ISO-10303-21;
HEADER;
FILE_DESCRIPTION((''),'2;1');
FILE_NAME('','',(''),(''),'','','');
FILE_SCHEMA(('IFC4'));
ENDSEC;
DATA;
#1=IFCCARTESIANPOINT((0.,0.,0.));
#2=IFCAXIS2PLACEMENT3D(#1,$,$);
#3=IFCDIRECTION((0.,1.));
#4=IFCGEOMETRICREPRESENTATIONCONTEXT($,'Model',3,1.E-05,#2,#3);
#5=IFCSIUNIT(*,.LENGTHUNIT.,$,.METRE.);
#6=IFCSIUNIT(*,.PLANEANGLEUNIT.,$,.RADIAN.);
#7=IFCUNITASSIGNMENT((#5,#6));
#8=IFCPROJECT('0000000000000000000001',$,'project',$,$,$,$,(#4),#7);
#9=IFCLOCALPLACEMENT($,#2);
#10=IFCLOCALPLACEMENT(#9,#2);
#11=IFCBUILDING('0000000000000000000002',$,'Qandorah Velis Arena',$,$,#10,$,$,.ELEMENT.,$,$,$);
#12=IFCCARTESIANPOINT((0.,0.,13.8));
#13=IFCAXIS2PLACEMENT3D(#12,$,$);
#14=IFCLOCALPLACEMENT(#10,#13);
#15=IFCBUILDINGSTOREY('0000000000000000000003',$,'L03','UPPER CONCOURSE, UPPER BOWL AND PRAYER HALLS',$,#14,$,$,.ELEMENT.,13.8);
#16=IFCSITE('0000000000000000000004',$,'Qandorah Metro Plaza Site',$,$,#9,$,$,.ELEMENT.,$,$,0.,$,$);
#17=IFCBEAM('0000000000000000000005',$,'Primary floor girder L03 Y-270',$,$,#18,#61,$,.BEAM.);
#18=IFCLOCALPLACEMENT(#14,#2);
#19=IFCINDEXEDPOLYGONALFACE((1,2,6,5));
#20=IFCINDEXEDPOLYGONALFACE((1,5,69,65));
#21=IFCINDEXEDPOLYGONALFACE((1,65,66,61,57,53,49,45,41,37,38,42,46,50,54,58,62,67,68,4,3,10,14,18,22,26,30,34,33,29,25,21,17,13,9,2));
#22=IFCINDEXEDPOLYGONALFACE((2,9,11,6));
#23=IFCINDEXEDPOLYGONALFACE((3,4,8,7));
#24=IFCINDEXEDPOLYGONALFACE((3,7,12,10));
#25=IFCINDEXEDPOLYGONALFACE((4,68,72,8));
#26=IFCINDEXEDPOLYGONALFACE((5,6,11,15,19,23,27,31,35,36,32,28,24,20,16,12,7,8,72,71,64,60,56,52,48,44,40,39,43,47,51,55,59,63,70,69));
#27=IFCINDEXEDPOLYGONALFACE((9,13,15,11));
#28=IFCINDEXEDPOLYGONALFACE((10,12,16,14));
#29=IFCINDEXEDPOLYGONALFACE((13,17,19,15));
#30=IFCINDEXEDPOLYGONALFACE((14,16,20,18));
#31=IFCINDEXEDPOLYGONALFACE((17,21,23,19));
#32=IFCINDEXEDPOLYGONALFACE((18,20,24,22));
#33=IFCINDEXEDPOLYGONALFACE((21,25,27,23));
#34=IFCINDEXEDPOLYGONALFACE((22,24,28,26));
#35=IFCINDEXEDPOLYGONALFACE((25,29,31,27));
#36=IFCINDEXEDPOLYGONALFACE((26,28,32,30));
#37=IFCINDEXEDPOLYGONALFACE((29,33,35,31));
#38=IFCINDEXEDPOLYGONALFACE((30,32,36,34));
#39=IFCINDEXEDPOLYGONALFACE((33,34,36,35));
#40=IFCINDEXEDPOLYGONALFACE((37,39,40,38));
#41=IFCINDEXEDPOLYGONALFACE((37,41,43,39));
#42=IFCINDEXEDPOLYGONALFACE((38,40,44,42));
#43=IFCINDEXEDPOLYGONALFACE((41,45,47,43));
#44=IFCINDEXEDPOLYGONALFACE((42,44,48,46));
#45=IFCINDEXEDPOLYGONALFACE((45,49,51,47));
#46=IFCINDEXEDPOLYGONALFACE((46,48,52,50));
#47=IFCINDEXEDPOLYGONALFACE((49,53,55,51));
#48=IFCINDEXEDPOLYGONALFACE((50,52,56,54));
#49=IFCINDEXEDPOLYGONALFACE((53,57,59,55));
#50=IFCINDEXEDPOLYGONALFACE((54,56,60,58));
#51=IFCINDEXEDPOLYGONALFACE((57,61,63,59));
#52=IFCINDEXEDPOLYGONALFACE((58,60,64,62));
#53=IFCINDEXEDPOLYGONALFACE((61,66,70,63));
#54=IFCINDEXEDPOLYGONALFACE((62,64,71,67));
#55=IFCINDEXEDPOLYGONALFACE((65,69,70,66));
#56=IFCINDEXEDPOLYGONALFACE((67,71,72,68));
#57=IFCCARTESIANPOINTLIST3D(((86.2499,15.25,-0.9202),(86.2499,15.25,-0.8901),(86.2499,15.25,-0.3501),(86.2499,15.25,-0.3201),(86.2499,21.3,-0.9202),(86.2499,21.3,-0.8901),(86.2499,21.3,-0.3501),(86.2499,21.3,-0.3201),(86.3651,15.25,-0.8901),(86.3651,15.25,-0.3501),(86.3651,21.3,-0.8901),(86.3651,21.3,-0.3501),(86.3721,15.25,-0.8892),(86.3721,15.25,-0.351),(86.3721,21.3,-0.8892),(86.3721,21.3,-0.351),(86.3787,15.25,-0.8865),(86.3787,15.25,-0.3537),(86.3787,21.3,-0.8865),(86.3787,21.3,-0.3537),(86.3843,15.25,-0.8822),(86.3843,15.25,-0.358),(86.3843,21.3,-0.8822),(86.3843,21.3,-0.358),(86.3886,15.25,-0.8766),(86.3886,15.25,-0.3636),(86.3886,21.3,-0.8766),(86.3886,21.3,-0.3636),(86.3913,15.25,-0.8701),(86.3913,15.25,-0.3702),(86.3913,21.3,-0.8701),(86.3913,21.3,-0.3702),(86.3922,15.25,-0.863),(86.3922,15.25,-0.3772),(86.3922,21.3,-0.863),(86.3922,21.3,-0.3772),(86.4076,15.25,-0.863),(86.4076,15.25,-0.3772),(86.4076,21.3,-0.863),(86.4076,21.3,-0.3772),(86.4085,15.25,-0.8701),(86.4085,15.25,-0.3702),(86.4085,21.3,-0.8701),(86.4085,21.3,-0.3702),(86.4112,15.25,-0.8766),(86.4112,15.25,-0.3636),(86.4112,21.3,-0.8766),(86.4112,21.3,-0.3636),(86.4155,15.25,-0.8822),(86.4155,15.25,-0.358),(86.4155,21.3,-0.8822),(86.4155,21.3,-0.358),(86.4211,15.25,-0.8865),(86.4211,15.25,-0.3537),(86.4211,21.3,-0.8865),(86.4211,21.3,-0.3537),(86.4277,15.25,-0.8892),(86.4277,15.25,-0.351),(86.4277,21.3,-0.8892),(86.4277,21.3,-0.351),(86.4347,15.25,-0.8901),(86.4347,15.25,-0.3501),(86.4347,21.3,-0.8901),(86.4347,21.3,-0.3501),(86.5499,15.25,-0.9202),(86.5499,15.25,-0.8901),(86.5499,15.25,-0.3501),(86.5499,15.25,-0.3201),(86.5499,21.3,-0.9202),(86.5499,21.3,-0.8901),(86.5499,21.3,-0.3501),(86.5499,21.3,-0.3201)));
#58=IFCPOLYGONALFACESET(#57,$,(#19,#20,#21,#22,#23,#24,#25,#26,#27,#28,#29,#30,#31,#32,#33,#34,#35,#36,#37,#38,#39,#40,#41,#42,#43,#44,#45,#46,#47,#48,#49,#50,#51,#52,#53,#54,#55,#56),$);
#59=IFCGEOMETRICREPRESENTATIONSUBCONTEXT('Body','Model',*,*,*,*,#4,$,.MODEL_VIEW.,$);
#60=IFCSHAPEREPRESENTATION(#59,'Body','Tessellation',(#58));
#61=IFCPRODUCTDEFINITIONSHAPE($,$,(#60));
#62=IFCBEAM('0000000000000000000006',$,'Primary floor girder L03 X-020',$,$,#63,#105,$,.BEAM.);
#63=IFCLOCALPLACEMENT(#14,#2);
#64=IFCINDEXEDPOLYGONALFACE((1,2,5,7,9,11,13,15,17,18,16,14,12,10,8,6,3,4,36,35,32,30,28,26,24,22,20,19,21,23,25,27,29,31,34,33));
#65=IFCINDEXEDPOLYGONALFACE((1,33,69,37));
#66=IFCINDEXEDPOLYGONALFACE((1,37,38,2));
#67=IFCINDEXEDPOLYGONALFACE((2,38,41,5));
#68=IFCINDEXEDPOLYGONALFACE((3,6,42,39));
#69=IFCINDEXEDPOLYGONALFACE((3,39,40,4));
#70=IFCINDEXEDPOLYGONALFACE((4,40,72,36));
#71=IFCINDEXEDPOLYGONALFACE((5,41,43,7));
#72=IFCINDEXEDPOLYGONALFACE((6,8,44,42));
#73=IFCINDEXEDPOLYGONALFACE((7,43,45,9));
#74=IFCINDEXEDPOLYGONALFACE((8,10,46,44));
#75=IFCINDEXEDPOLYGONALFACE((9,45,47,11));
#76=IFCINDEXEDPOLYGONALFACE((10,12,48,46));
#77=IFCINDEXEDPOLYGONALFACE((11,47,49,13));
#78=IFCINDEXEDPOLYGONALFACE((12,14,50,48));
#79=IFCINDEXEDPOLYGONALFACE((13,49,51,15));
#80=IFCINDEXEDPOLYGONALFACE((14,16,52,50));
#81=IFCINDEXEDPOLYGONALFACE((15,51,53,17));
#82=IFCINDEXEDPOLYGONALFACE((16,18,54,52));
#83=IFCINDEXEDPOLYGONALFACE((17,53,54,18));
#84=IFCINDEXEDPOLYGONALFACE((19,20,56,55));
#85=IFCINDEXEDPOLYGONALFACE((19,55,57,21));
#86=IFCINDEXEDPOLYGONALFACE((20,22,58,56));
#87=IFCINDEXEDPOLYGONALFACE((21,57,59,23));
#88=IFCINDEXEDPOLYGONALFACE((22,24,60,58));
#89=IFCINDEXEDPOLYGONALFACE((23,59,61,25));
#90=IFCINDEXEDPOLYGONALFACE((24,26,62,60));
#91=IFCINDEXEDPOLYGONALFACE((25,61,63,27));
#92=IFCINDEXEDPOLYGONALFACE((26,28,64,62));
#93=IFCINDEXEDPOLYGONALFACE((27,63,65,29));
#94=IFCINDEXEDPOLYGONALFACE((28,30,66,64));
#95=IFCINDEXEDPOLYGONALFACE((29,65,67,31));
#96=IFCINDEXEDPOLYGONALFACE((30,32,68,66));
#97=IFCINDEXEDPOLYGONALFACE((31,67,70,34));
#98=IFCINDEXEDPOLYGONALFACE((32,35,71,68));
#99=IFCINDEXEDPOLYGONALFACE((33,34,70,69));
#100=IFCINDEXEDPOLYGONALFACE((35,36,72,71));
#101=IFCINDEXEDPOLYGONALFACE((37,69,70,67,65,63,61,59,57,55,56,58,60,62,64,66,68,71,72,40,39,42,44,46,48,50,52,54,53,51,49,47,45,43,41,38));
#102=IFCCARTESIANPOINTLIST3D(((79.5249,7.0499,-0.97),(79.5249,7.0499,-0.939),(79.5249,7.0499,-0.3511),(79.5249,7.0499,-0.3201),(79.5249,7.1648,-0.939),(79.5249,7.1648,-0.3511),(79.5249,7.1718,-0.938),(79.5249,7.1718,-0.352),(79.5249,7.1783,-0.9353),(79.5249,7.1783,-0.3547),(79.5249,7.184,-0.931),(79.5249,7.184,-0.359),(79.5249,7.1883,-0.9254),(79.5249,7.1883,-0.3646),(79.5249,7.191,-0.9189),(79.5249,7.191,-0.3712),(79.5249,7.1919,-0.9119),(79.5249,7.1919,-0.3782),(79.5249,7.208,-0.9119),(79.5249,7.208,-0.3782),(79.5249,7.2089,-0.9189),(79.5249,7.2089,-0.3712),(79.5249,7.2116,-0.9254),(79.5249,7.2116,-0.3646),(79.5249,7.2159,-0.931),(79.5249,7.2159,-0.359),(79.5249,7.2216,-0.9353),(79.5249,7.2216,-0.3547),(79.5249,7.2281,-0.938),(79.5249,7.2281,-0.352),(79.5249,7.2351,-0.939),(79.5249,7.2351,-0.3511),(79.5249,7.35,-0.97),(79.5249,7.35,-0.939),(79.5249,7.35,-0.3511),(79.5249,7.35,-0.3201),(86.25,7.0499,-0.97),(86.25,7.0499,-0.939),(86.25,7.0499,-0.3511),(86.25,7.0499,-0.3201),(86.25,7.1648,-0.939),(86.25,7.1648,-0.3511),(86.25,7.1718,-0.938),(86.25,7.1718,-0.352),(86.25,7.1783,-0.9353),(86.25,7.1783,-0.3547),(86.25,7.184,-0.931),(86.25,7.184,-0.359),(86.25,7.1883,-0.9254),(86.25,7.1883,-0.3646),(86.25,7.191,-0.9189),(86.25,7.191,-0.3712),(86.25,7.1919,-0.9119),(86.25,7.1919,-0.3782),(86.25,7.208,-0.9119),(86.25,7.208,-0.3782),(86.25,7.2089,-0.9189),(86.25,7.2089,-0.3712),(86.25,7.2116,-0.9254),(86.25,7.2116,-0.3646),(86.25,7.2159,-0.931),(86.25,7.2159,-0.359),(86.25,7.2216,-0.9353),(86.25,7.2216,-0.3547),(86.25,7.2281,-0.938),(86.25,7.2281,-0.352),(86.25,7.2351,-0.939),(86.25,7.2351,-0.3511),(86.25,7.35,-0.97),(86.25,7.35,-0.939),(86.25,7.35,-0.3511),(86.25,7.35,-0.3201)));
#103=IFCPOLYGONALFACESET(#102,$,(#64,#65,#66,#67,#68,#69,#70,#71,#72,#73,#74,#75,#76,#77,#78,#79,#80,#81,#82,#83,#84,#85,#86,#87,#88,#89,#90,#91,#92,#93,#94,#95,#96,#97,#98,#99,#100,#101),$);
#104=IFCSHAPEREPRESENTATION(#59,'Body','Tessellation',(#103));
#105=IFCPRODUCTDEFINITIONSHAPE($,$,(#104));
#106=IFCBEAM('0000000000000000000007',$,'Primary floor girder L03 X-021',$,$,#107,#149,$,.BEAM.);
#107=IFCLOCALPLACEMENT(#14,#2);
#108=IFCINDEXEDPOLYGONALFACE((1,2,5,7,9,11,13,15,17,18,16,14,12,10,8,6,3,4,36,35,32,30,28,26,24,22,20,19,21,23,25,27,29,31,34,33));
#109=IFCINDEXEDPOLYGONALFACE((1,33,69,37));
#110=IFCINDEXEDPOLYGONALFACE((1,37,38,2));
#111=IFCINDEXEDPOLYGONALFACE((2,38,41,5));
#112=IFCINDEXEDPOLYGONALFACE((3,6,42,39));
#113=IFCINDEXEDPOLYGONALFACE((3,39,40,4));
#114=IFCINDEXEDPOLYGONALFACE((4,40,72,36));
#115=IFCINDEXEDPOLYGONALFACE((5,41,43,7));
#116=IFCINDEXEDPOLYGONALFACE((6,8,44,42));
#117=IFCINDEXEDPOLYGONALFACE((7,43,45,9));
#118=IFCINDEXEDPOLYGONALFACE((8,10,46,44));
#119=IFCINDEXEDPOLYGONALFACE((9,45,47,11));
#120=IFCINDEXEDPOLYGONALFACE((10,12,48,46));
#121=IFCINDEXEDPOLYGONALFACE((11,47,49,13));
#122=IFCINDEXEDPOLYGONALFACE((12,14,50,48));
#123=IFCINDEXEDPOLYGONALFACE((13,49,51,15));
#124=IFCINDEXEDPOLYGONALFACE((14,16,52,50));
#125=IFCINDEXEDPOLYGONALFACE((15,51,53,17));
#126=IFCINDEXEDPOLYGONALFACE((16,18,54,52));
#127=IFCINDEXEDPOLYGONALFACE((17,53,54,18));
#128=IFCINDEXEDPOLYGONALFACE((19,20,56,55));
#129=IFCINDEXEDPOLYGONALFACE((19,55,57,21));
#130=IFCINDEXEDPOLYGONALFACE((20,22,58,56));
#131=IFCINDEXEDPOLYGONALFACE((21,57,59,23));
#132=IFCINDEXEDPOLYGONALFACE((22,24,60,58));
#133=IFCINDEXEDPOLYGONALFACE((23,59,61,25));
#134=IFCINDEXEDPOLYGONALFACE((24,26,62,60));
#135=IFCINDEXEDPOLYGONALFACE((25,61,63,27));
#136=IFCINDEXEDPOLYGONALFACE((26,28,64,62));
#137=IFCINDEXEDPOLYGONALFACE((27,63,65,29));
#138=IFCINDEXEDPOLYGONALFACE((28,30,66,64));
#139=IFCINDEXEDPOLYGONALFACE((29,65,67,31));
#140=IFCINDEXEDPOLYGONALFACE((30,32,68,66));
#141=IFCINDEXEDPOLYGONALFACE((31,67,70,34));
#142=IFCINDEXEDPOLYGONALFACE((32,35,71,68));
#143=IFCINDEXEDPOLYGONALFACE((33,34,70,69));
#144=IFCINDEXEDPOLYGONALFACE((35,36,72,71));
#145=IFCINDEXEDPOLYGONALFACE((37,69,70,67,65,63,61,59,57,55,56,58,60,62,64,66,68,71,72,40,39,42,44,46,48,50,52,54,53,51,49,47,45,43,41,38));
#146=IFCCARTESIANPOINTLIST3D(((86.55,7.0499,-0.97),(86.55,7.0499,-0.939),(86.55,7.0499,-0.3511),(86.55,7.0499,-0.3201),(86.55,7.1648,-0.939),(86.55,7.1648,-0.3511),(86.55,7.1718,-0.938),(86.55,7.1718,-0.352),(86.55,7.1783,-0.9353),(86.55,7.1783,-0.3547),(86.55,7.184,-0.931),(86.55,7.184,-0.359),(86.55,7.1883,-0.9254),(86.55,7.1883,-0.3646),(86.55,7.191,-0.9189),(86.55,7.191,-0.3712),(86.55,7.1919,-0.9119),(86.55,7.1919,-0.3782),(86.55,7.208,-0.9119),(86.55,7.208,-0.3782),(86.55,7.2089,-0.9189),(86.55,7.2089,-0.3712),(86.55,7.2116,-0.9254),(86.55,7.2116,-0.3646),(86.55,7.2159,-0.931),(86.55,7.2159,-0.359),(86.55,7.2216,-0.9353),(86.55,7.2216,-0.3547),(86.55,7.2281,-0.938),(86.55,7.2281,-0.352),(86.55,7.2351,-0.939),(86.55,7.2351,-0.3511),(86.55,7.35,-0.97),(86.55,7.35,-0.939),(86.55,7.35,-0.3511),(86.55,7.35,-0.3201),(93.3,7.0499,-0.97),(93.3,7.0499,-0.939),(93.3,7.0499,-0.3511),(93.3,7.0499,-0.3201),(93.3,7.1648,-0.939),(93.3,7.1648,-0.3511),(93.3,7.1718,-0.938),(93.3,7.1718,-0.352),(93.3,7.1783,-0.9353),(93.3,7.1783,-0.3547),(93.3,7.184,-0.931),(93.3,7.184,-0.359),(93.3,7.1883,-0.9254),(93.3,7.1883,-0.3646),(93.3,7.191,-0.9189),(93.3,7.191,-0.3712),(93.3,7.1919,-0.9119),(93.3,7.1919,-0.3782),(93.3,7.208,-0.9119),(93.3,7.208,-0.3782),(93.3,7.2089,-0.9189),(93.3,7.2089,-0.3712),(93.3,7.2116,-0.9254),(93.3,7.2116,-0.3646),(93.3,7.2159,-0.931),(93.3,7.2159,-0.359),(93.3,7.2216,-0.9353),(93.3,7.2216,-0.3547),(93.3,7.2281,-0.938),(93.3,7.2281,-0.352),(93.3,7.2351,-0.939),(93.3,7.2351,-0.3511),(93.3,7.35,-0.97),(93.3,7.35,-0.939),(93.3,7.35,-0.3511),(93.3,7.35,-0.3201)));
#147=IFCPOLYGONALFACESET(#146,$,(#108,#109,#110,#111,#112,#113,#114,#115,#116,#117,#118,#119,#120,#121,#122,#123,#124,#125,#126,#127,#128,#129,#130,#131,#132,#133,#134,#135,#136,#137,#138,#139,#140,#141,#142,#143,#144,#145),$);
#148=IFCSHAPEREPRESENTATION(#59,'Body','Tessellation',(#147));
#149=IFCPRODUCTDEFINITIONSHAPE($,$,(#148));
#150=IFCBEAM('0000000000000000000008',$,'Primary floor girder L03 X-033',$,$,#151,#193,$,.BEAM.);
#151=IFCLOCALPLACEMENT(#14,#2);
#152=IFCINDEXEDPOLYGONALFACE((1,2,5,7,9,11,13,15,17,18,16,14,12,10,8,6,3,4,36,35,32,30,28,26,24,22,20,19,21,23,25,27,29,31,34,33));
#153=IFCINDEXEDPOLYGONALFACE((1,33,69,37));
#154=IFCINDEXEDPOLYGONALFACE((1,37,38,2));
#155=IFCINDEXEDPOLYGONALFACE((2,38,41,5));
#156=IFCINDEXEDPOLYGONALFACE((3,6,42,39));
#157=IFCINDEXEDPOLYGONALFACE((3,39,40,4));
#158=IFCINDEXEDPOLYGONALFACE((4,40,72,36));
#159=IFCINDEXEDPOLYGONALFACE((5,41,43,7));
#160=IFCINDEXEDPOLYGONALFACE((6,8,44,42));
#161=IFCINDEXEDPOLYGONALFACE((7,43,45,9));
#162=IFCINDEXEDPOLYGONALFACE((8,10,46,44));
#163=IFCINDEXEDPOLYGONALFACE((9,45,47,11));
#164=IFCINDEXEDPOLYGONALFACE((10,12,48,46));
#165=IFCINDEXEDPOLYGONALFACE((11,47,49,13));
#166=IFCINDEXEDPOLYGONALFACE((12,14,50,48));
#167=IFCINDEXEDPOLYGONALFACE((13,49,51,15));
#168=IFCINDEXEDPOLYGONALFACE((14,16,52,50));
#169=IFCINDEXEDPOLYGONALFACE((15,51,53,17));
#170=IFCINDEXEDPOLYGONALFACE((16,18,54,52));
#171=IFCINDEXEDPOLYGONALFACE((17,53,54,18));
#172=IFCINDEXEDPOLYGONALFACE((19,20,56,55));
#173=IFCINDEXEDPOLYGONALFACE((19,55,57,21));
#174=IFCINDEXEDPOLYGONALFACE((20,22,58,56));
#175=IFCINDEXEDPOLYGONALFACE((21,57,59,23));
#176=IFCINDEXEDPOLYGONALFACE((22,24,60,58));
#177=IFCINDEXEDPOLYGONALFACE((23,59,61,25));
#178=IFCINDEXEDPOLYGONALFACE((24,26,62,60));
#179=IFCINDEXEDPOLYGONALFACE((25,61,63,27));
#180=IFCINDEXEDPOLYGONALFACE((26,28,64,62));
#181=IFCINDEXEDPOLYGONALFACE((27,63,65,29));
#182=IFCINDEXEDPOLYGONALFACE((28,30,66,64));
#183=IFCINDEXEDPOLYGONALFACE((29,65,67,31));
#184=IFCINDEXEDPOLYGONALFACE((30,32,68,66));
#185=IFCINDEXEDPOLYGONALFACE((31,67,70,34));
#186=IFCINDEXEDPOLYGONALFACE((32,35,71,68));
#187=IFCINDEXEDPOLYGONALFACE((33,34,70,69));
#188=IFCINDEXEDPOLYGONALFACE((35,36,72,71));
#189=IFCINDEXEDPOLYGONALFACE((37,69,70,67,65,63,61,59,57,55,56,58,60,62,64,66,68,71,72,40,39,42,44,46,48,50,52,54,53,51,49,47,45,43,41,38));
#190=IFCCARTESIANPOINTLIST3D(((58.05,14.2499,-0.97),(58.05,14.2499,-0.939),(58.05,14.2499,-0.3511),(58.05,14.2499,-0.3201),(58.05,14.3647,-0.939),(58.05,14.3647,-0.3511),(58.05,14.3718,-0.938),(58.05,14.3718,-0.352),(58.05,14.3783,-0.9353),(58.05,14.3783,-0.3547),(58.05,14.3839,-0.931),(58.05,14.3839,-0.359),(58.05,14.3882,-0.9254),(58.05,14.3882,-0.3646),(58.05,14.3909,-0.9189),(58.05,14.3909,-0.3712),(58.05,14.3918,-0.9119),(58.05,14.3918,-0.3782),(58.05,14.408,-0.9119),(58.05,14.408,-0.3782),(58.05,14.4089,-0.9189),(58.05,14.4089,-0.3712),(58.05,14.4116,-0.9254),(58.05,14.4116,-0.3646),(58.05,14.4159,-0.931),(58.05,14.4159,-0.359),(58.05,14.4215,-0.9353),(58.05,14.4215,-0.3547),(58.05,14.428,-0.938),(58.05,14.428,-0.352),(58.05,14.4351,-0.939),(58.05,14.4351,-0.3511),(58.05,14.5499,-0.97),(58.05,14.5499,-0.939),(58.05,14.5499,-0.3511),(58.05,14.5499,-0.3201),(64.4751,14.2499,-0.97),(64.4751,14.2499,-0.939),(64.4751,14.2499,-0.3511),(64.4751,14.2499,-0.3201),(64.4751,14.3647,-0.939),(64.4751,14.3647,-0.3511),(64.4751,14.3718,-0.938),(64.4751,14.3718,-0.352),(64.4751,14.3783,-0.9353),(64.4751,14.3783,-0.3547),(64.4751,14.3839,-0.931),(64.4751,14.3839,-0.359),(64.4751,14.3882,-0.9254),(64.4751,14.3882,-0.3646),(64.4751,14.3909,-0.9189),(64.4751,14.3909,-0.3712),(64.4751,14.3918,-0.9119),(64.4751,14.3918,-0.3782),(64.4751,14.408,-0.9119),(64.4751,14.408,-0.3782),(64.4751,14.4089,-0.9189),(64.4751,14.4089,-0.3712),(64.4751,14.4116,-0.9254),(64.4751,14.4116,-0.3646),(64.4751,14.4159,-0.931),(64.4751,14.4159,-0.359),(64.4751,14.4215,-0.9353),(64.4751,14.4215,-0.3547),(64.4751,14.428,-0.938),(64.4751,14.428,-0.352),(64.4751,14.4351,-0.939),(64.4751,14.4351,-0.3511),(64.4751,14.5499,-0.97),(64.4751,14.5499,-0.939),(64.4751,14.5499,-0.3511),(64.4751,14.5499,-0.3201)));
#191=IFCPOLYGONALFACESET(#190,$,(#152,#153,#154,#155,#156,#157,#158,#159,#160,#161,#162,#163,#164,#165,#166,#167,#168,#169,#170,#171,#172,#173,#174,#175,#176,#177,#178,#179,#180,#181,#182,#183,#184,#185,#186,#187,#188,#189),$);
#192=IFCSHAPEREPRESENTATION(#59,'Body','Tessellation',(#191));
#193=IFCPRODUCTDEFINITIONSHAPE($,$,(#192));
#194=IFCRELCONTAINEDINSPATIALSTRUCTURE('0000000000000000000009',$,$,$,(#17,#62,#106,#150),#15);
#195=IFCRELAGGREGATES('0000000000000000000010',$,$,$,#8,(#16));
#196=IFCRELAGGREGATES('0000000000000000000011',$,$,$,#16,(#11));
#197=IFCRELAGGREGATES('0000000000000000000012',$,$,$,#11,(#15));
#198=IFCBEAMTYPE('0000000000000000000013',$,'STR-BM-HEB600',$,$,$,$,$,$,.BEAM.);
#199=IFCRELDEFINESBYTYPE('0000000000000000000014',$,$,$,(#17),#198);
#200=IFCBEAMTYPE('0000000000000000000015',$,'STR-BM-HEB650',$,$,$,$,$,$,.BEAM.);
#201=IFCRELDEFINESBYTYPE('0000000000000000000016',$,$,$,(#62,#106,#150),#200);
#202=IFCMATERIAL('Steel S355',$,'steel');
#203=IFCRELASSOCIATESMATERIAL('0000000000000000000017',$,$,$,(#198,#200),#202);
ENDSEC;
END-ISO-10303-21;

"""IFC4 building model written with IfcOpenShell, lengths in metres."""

from ifc_helpers import new_model, si_unit, direction, frame, origin, origin_2d, place, context, subcontext, project, spatial, i_section, extrude, material, material_profile, profile_set, type_object, element, save


model = new_model("IFC4")

# Units and contexts
model_context = context("Model", 3, precision=1e-05, world=origin(), true_north=direction((0.0, 1.0)))
body_context = subcontext(model_context, "Body", "Model", "MODEL_VIEW")
ifc_project = project(units=[si_unit("LENGTHUNIT", "METRE"), si_unit("PLANEANGLEUNIT", "RADIAN")], contexts=[model_context])

# Site, building, storey
site_placement = place(None, origin())
site = spatial("IfcSite", under=ifc_project, at=site_placement, Name="Qandorah Metro Plaza Site", CompositionType="ELEMENT", RefElevation=0.0)
building_placement = place(site_placement, origin())
building = spatial("IfcBuilding", under=site, at=building_placement, Name="Qandorah Velis Arena", CompositionType="ELEMENT")
storey_placement = place(building_placement, frame((0.0, 0.0, 13.8)))
storey = spatial("IfcBuildingStorey", under=building, at=storey_placement, Name="L03", Description="UPPER CONCOURSE, UPPER BOWL AND PRAYER HALLS", CompositionType="ELEMENT", Elevation=13.8)

# Beams
ifc_material_1 = material(Name="Steel S355", Category="steel")
ifc_material_profile_1 = material_profile(ifc_material_1, i_section(OverallWidth=0.3, OverallDepth=0.6001, WebThickness=0.0154, FlangeThickness=0.03, FilletRadius=0.0271, at=origin_2d()), Name="HEB 600")
ifc_profile_set_1 = profile_set([ifc_material_profile_1], Name="Steel S355")
beam_type_1 = type_object("IfcBeamType", Name="STR-BM-HEB600", PredefinedType="BEAM", material=ifc_profile_set_1)
beam_1_placement = place(storey_placement, frame((86.3999, 15.25, -0.6201), z_axis=(0.0, 1.0, 0.0), x_axis=(-1.0, 0.0, 0.0)))
element("IfcBeam", 1, at=beam_1_placement, inside=storey, type_object=beam_type_1, Name="Primary floor girder L03 Y-270", PredefinedType="BEAM", context=body_context, shape_type="SweptSolid", body=[
    extrude(i_section(OverallWidth=0.3, OverallDepth=0.6001, WebThickness=0.0154, FlangeThickness=0.03, FilletRadius=0.0271, at=origin_2d()), origin(), (0.0, 0.0, 1.0), 6.05),
])
ifc_material_profile_2 = material_profile(ifc_material_1, i_section(OverallWidth=0.3, OverallDepth=0.6499, WebThickness=0.0161, FlangeThickness=0.031, FilletRadius=0.0271, at=origin_2d()), Name="HEB 650")
ifc_profile_set_2 = profile_set([ifc_material_profile_2], Name="Steel S355")
beam_type_2 = type_object("IfcBeamType", Name="STR-BM-HEB650", PredefinedType="BEAM", material=ifc_profile_set_2)
beam_2_placement = place(storey_placement, frame((79.5249, 7.2, -0.645), z_axis=(1.0, 0.0, 0.0), x_axis=(0.0, 1.0, 0.0)))
element("IfcBeam", 2, at=beam_2_placement, inside=storey, type_object=beam_type_2, Name="Primary floor girder L03 X-020", PredefinedType="BEAM", context=body_context, shape_type="SweptSolid", body=[
    extrude(i_section(OverallWidth=0.3, OverallDepth=0.6499, WebThickness=0.0161, FlangeThickness=0.031, FilletRadius=0.0271, at=origin_2d()), origin(), (0.0, 0.0, 1.0), 6.7251),
])
beam_3_placement = place(storey_placement, frame((86.55, 7.2, -0.645), z_axis=(1.0, 0.0, 0.0), x_axis=(0.0, 1.0, 0.0)))
element("IfcBeam", 3, at=beam_3_placement, inside=storey, type_object=beam_type_2, Name="Primary floor girder L03 X-021", PredefinedType="BEAM", context=body_context, shape_type="SweptSolid", body=[
    extrude(i_section(OverallWidth=0.3, OverallDepth=0.6499, WebThickness=0.0161, FlangeThickness=0.031, FilletRadius=0.0271, at=origin_2d()), origin(), (0.0, 0.0, 1.0), 6.75),
])
for number, where, z_axis, x_axis, name in (
    (4, (58.05, 14.3999, -0.645), (1.0, 0.0, 0.0), (0.0, 1.0, 0.0), "Primary floor girder L03 X-033"),
):
    element("IfcBeam", number, at=place(storey_placement, frame(where, z_axis=z_axis, x_axis=x_axis)), inside=storey, type_object=beam_type_2, Name=name, PredefinedType="BEAM", context=body_context, shape_type="SweptSolid", body=[
        extrude(i_section(OverallWidth=0.3, OverallDepth=0.6499, WebThickness=0.0161, FlangeThickness=0.031, FilletRadius=0.0271, at=origin_2d()), origin(), (0.0, 0.0, 1.0), 6.425),
    ])

save(model, "model.ifc")
